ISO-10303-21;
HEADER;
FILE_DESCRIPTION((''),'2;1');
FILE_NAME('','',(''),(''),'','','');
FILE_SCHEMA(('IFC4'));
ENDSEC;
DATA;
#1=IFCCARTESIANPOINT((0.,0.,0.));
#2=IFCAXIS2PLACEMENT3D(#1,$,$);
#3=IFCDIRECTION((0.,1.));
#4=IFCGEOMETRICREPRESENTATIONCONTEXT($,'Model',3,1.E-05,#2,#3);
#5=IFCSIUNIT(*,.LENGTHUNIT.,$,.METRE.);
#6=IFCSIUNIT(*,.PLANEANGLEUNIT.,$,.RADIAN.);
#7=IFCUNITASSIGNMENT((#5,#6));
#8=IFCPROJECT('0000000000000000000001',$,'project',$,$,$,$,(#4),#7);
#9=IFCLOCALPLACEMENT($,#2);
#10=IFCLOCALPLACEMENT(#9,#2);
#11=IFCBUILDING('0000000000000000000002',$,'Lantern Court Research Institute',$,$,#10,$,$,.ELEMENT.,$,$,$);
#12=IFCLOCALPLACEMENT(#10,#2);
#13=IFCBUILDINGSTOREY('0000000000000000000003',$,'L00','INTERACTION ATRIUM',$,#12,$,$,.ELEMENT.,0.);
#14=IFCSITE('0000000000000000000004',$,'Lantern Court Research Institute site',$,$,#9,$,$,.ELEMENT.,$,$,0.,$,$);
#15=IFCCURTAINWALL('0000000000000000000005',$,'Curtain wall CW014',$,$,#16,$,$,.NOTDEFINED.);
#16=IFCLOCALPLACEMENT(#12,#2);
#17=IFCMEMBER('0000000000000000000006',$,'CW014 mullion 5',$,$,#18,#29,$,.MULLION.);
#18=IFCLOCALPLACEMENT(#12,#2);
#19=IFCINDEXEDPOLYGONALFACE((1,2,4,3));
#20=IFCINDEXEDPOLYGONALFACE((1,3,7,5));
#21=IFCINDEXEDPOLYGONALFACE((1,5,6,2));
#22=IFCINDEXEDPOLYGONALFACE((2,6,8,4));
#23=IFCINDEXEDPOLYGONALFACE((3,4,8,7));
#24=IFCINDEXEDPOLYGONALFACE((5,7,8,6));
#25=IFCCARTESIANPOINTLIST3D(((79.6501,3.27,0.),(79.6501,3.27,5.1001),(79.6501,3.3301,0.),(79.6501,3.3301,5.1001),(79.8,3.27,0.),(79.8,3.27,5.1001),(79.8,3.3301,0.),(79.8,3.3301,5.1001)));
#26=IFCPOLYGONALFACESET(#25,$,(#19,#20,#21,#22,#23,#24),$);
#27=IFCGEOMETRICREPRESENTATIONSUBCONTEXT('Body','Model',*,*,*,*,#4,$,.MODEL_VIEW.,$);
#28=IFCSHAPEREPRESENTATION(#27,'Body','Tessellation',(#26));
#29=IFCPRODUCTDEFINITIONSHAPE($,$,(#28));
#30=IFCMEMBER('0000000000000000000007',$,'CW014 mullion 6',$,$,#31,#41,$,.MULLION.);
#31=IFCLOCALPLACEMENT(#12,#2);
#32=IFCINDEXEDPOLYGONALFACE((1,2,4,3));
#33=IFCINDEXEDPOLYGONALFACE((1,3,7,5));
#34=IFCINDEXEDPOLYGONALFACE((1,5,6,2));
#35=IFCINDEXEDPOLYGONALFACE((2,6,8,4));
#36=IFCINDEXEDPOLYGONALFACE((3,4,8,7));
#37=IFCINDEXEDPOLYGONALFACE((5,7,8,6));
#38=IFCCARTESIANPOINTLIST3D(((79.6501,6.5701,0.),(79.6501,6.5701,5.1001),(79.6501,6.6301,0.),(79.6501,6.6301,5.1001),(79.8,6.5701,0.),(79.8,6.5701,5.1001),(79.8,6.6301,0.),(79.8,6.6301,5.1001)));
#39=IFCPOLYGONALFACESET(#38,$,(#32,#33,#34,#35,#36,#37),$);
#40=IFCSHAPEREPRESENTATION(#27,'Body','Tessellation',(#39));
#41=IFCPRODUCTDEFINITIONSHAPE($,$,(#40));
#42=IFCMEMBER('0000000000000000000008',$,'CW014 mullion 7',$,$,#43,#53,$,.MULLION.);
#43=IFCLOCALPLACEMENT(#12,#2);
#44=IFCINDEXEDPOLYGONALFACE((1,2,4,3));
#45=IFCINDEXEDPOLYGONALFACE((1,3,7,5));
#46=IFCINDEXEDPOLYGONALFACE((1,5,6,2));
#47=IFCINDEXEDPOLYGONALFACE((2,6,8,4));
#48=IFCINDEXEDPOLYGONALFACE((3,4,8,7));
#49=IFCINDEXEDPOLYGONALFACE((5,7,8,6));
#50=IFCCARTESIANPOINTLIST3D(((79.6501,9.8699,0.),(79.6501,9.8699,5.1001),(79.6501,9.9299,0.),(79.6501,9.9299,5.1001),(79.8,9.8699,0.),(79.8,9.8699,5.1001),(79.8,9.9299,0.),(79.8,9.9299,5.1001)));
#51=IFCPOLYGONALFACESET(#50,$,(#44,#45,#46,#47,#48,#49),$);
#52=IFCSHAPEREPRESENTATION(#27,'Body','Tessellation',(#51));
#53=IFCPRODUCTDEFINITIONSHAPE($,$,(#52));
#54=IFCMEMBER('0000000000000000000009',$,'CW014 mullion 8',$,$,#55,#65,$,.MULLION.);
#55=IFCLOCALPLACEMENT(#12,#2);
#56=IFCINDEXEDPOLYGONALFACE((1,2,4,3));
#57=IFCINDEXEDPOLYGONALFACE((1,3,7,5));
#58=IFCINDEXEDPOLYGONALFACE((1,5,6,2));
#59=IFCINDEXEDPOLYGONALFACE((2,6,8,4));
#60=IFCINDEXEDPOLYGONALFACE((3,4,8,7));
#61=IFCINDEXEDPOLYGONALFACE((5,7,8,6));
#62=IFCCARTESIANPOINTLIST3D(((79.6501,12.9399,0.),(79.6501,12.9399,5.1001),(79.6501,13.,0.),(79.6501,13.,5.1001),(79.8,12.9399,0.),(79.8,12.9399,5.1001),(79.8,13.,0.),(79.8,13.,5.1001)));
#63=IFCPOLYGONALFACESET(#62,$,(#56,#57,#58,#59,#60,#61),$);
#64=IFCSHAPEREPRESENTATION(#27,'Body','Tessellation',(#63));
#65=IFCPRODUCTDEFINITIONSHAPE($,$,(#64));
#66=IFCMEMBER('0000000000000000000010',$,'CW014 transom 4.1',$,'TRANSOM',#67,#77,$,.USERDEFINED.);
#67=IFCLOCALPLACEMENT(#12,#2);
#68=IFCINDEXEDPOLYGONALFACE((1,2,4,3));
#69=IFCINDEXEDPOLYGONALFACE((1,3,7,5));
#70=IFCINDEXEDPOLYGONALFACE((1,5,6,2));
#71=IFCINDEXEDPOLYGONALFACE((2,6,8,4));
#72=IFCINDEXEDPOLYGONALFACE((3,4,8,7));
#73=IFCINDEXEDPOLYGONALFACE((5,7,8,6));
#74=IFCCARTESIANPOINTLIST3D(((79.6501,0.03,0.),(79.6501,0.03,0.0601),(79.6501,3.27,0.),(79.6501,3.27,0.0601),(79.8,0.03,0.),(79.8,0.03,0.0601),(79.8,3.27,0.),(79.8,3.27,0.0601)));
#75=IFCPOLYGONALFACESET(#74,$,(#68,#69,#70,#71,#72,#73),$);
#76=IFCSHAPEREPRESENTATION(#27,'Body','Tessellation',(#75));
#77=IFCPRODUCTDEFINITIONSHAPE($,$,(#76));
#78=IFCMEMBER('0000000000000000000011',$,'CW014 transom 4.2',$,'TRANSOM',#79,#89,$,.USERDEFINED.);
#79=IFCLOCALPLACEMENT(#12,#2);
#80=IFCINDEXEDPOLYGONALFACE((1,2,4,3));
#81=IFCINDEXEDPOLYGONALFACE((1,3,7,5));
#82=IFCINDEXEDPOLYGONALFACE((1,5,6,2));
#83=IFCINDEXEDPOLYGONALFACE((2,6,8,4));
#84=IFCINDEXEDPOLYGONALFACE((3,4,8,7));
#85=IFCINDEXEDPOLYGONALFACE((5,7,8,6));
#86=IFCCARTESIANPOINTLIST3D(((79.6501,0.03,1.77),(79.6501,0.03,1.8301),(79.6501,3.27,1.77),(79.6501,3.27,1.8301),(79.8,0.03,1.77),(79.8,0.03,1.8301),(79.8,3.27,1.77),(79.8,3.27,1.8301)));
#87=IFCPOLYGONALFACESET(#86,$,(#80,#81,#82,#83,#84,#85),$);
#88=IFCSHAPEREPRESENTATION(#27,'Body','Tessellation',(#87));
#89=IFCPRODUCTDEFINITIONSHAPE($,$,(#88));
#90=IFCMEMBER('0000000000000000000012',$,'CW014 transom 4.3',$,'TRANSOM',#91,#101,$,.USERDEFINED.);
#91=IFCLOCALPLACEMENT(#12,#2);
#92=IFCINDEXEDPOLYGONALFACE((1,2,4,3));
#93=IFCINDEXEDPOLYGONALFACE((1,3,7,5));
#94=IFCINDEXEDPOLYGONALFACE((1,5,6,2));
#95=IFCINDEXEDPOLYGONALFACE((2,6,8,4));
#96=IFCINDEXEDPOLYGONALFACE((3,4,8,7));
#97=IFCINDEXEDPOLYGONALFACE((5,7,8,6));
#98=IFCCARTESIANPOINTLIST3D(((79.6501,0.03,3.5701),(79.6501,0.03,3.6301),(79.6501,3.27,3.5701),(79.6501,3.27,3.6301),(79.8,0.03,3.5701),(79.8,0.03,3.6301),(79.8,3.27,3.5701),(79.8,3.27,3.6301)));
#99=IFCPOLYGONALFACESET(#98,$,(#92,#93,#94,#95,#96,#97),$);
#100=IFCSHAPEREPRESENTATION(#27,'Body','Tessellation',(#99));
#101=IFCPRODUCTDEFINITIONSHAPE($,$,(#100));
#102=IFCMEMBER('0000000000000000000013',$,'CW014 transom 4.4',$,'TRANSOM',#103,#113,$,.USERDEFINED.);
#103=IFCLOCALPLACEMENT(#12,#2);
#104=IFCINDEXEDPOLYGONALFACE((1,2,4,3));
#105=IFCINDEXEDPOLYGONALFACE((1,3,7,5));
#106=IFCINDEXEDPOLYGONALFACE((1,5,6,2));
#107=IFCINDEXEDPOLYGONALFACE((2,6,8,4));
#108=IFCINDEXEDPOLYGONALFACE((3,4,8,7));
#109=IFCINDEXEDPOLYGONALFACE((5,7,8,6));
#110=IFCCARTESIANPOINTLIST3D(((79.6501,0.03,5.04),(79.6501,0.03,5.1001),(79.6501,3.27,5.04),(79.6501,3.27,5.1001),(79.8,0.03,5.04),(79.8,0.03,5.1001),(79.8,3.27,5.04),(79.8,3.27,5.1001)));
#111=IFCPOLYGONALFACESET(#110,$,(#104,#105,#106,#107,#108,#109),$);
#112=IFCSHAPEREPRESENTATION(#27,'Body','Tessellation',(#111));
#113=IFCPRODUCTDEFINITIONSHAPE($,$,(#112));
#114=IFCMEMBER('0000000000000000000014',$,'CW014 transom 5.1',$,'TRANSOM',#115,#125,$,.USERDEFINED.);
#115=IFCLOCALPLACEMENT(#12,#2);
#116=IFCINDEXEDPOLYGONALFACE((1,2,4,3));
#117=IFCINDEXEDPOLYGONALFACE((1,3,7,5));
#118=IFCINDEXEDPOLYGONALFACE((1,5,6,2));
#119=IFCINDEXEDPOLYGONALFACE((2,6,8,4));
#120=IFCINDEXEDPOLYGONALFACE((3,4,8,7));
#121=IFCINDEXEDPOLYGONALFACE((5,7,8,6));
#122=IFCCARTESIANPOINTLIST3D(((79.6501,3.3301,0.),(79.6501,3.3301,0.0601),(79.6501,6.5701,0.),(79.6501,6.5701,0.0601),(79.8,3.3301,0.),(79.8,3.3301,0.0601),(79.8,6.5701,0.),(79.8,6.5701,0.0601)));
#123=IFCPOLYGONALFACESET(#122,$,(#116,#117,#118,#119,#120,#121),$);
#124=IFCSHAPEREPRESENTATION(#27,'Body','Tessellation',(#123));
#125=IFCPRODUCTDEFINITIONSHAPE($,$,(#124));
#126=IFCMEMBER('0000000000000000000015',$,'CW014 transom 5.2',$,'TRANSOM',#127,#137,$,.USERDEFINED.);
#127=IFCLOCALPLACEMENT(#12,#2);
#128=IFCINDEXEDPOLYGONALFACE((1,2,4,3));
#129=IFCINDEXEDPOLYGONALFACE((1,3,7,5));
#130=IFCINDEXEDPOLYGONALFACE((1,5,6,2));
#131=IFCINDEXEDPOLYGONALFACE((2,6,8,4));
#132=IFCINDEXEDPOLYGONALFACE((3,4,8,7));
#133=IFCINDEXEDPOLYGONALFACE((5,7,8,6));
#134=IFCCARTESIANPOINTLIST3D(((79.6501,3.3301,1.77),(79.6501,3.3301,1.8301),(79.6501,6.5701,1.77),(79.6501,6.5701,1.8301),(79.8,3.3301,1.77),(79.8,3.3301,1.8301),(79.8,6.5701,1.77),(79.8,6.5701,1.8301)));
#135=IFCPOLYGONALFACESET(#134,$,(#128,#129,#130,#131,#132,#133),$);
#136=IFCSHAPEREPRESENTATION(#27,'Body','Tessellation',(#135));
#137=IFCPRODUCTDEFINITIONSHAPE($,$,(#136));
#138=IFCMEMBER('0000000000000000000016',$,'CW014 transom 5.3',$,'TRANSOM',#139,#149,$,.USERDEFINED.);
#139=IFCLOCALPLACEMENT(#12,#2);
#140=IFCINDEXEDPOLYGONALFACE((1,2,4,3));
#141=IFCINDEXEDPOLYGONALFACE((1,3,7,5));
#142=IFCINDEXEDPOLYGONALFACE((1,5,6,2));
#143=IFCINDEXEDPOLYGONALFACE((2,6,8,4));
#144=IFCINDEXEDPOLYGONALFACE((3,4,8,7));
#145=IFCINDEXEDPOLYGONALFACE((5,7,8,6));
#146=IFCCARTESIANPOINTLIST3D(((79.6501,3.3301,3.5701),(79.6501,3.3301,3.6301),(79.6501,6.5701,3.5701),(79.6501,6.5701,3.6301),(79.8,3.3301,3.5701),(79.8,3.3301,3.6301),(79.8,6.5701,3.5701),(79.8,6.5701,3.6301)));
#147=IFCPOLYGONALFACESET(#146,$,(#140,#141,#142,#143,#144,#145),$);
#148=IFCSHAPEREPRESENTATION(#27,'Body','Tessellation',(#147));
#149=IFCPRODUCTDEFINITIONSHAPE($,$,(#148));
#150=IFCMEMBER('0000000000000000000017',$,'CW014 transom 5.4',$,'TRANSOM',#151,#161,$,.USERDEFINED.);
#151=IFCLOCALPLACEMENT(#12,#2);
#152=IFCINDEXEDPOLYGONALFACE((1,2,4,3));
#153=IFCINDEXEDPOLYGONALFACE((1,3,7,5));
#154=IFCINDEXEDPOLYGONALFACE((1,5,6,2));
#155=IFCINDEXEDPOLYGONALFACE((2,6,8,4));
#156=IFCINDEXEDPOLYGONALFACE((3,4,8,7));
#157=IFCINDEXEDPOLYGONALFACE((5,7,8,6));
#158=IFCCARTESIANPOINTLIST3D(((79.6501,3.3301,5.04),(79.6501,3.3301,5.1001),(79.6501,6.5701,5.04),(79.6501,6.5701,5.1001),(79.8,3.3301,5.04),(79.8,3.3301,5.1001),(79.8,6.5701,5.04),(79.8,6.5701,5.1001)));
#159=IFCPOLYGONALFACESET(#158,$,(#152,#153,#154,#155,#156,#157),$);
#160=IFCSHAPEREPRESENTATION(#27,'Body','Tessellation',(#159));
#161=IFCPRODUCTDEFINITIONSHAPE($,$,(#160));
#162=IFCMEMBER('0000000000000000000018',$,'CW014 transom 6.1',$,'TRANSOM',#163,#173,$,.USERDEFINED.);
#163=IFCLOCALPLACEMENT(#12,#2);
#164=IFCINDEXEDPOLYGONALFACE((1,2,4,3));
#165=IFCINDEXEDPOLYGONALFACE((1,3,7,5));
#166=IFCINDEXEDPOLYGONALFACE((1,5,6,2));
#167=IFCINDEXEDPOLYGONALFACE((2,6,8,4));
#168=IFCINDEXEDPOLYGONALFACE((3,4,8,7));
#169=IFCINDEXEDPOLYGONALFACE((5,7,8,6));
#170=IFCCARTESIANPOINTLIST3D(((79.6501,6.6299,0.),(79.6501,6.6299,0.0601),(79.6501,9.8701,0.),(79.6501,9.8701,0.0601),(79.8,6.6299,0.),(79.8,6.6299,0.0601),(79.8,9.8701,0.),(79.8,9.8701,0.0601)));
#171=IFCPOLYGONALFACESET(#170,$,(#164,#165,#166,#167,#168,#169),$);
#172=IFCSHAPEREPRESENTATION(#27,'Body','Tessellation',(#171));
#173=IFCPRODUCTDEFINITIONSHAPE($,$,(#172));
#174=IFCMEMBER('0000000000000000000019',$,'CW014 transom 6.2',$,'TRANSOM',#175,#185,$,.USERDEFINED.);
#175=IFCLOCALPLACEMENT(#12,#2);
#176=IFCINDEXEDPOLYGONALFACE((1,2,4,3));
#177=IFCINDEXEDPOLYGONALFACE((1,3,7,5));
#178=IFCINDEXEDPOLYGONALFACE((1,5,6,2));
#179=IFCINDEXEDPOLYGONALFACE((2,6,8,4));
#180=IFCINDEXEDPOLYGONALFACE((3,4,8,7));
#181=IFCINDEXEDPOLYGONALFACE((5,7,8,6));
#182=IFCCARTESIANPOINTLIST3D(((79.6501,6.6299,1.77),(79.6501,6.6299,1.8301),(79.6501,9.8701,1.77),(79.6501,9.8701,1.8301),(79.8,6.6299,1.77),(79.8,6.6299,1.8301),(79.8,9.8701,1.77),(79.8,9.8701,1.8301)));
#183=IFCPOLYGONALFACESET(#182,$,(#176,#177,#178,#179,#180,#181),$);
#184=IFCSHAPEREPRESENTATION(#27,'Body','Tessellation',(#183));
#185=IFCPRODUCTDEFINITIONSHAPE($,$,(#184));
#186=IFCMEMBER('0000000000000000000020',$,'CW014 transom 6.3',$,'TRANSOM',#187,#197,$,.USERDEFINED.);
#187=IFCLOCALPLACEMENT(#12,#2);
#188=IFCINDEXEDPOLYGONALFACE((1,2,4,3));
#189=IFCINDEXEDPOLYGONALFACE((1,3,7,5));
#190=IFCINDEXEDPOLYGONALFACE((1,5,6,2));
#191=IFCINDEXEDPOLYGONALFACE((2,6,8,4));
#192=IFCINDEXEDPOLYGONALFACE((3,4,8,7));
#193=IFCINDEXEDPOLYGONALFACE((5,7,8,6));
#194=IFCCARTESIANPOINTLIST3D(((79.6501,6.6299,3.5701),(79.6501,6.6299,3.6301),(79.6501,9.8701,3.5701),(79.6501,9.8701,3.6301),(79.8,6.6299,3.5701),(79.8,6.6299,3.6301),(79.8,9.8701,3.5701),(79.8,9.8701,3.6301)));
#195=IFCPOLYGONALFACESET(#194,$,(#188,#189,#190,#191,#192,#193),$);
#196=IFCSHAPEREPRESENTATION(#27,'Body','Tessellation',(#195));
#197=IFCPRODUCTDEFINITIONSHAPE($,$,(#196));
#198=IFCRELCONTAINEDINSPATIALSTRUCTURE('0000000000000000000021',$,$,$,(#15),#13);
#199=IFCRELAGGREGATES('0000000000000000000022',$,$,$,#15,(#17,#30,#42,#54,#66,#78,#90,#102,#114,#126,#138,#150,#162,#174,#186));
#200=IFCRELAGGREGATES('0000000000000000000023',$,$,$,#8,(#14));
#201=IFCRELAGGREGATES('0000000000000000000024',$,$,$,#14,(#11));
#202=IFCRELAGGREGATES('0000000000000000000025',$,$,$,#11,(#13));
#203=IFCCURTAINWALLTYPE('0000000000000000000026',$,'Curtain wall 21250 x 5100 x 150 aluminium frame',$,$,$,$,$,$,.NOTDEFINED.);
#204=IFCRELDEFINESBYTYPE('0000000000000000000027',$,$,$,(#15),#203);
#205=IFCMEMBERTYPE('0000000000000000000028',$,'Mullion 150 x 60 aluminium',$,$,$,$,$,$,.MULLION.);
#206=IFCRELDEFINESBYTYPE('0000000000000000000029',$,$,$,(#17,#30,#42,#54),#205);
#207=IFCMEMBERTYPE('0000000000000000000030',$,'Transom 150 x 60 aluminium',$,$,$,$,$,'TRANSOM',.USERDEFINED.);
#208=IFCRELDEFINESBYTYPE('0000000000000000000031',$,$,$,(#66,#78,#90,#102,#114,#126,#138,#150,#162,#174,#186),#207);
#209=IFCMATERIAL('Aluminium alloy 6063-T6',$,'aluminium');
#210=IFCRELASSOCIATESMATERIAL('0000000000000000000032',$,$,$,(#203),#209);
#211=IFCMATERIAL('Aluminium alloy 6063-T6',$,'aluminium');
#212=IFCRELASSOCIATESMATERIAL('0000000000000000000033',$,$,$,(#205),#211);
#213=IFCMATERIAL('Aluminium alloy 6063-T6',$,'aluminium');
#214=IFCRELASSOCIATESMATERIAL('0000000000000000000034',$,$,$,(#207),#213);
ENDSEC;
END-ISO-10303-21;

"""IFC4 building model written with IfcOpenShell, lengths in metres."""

from ifc_helpers import new_model, si_unit, direction, frame, origin, origin_2d, place, context, subcontext, project, spatial, rectangle, extrude, material, material_profile, profile_set, type_object, element, aggregate, save


model = new_model("IFC4")

# Units and contexts
model_context = context("Model", 3, precision=1e-05, world=origin(), true_north=direction((0.0, 1.0)))
body_context = subcontext(model_context, "Body", "Model", "MODEL_VIEW")
ifc_project = project(units=[si_unit("LENGTHUNIT", "METRE"), si_unit("PLANEANGLEUNIT", "RADIAN")], contexts=[model_context])

# Site, building, storey
site_placement = place(None, origin())
site = spatial("IfcSite", under=ifc_project, at=site_placement, Name="Lantern Court Research Institute site", CompositionType="ELEMENT", RefElevation=0.0)
building_placement = place(site_placement, origin())
building = spatial("IfcBuilding", under=site, at=building_placement, Name="Lantern Court Research Institute", CompositionType="ELEMENT")
storey_placement = place(building_placement, origin())
storey = spatial("IfcBuildingStorey", under=building, at=storey_placement, Name="L00", Description="INTERACTION ATRIUM", CompositionType="ELEMENT", Elevation=0.0)

# Curtain wall, members
ifc_material_1 = material(Name="Aluminium alloy 6063-T6", Category="aluminium")
curtain_wall_type = type_object("IfcCurtainWallType", Name="Curtain wall 21250 x 5100 x 150 aluminium frame", PredefinedType="NOTDEFINED", material=ifc_material_1)
curtain_wall_placement = place(storey_placement, origin())
curtain_wall = element("IfcCurtainWall", 1, at=curtain_wall_placement, inside=storey, type_object=curtain_wall_type, Name="Curtain wall CW014", PredefinedType="NOTDEFINED")
ifc_material_2 = material(Name="Aluminium alloy 6063-T6", Category="aluminium")
ifc_material_profile_1 = material_profile(ifc_material_2, rectangle(XDim=0.1499, YDim=0.0601, at=origin_2d()), Name="Mullion 150 x 60")
ifc_profile_set_1 = profile_set([ifc_material_profile_1], Name="Aluminium alloy 6063-T6")
member_type_1 = type_object("IfcMemberType", Name="Mullion 150 x 60 aluminium", PredefinedType="MULLION", material=ifc_profile_set_1)
member_1_placement = place(storey_placement, frame((79.7251, 3.3, 0.0), z_axis=(0.0, 0.0, 1.0), x_axis=(1.0, 0.0, 0.0)))
member_1 = element("IfcMember", 2, at=member_1_placement, type_object=member_type_1, Name="CW014 mullion 5", PredefinedType="MULLION", context=body_context, shape_type="SweptSolid", body=[
    extrude(rectangle(XDim=0.1499, YDim=0.0601, at=origin_2d()), origin(), (0.0, 0.0, 1.0), 5.1001),
])
member_2_placement = place(storey_placement, frame((79.7251, 6.6001, 0.0), z_axis=(0.0, 0.0, 1.0), x_axis=(1.0, 0.0, 0.0)))
member_2 = element("IfcMember", 3, at=member_2_placement, type_object=member_type_1, Name="CW014 mullion 6", PredefinedType="MULLION", context=body_context, shape_type="SweptSolid", body=[
    extrude(rectangle(XDim=0.1499, YDim=0.0601, at=origin_2d()), origin(), (0.0, 0.0, 1.0), 5.1001),
])
member_3_placement = place(storey_placement, frame((79.7251, 9.8999, 0.0), z_axis=(0.0, 0.0, 1.0), x_axis=(1.0, 0.0, 0.0)))
member_3 = element("IfcMember", 4, at=member_3_placement, type_object=member_type_1, Name="CW014 mullion 7", PredefinedType="MULLION", context=body_context, shape_type="SweptSolid", body=[
    extrude(rectangle(XDim=0.1499, YDim=0.0601, at=origin_2d()), origin(), (0.0, 0.0, 1.0), 5.1001),
])
member_4_placement = place(storey_placement, frame((79.7251, 12.97, 0.0), z_axis=(0.0, 0.0, 1.0), x_axis=(1.0, 0.0, 0.0)))
member_4 = element("IfcMember", 5, at=member_4_placement, type_object=member_type_1, Name="CW014 mullion 8", PredefinedType="MULLION", context=body_context, shape_type="SweptSolid", body=[
    extrude(rectangle(XDim=0.1499, YDim=0.0601, at=origin_2d()), origin(), (0.0, 0.0, 1.0), 5.1001),
])
ifc_material_3 = material(Name="Aluminium alloy 6063-T6", Category="aluminium")
ifc_material_profile_2 = material_profile(ifc_material_3, rectangle(XDim=0.1499, YDim=0.0601, at=origin_2d()), Name="Transom 150 x 60")
ifc_profile_set_2 = profile_set([ifc_material_profile_2], Name="Aluminium alloy 6063-T6")
member_type_2 = type_object("IfcMemberType", Name="Transom 150 x 60 aluminium", ElementType="TRANSOM", PredefinedType="USERDEFINED", material=ifc_profile_set_2)
member_5_placement = place(storey_placement, frame((79.7251, 3.27, 0.03), z_axis=(0.0, -1.0, 0.0), x_axis=(1.0, 0.0, 0.0)))
member_5 = element("IfcMember", 6, at=member_5_placement, type_object=member_type_2, Name="CW014 transom 4.1", ObjectType="TRANSOM", PredefinedType="USERDEFINED", context=body_context, shape_type="SweptSolid", body=[
    extrude(rectangle(XDim=0.1499, YDim=0.0601, at=origin_2d()), origin(), (0.0, 0.0, 1.0), 3.24),
])
member_6_placement = place(storey_placement, frame((79.7251, 3.27, 1.8), z_axis=(0.0, -1.0, 0.0), x_axis=(1.0, 0.0, 0.0)))
member_6 = element("IfcMember", 7, at=member_6_placement, type_object=member_type_2, Name="CW014 transom 4.2", ObjectType="TRANSOM", PredefinedType="USERDEFINED", context=body_context, shape_type="SweptSolid", body=[
    extrude(rectangle(XDim=0.1499, YDim=0.0601, at=origin_2d()), origin(), (0.0, 0.0, 1.0), 3.24),
])
member_7_placement = place(storey_placement, frame((79.7251, 3.27, 3.6001), z_axis=(0.0, -1.0, 0.0), x_axis=(1.0, 0.0, 0.0)))
member_7 = element("IfcMember", 8, at=member_7_placement, type_object=member_type_2, Name="CW014 transom 4.3", ObjectType="TRANSOM", PredefinedType="USERDEFINED", context=body_context, shape_type="SweptSolid", body=[
    extrude(rectangle(XDim=0.1499, YDim=0.0601, at=origin_2d()), origin(), (0.0, 0.0, 1.0), 3.24),
])
member_8_placement = place(storey_placement, frame((79.7251, 3.27, 5.0701), z_axis=(0.0, -1.0, 0.0), x_axis=(1.0, 0.0, 0.0)))
member_8 = element("IfcMember", 9, at=member_8_placement, type_object=member_type_2, Name="CW014 transom 4.4", ObjectType="TRANSOM", PredefinedType="USERDEFINED", context=body_context, shape_type="SweptSolid", body=[
    extrude(rectangle(XDim=0.1499, YDim=0.0601, at=origin_2d()), origin(), (0.0, 0.0, 1.0), 3.24),
])
member_9_placement = place(storey_placement, frame((79.7251, 6.5701, 0.03), z_axis=(0.0, -1.0, 0.0), x_axis=(1.0, 0.0, 0.0)))
member_9 = element("IfcMember", 10, at=member_9_placement, type_object=member_type_2, Name="CW014 transom 5.1", ObjectType="TRANSOM", PredefinedType="USERDEFINED", context=body_context, shape_type="SweptSolid", body=[
    extrude(rectangle(XDim=0.1499, YDim=0.0601, at=origin_2d()), origin(), (0.0, 0.0, 1.0), 3.24),
])
member_10_placement = place(storey_placement, frame((79.7251, 6.5701, 1.8), z_axis=(0.0, -1.0, 0.0), x_axis=(1.0, 0.0, 0.0)))
member_10 = element("IfcMember", 11, at=member_10_placement, type_object=member_type_2, Name="CW014 transom 5.2", ObjectType="TRANSOM", PredefinedType="USERDEFINED", context=body_context, shape_type="SweptSolid", body=[
    extrude(rectangle(XDim=0.1499, YDim=0.0601, at=origin_2d()), origin(), (0.0, 0.0, 1.0), 3.24),
])
member_11_placement = place(storey_placement, frame((79.7251, 6.5701, 3.6001), z_axis=(0.0, -1.0, 0.0), x_axis=(1.0, 0.0, 0.0)))
member_11 = element("IfcMember", 12, at=member_11_placement, type_object=member_type_2, Name="CW014 transom 5.3", ObjectType="TRANSOM", PredefinedType="USERDEFINED", context=body_context, shape_type="SweptSolid", body=[
    extrude(rectangle(XDim=0.1499, YDim=0.0601, at=origin_2d()), origin(), (0.0, 0.0, 1.0), 3.24),
])
member_12_placement = place(storey_placement, frame((79.7251, 6.5701, 5.0701), z_axis=(0.0, -1.0, 0.0), x_axis=(1.0, 0.0, 0.0)))
member_12 = element("IfcMember", 13, at=member_12_placement, type_object=member_type_2, Name="CW014 transom 5.4", ObjectType="TRANSOM", PredefinedType="USERDEFINED", context=body_context, shape_type="SweptSolid", body=[
    extrude(rectangle(XDim=0.1499, YDim=0.0601, at=origin_2d()), origin(), (0.0, 0.0, 1.0), 3.24),
])
member_13_placement = place(storey_placement, frame((79.7251, 9.8701, 0.03), z_axis=(0.0, -1.0, 0.0), x_axis=(1.0, 0.0, 0.0)))
member_13 = element("IfcMember", 14, at=member_13_placement, type_object=member_type_2, Name="CW014 transom 6.1", ObjectType="TRANSOM", PredefinedType="USERDEFINED", context=body_context, shape_type="SweptSolid", body=[
    extrude(rectangle(XDim=0.1499, YDim=0.0601, at=origin_2d()), origin(), (0.0, 0.0, 1.0), 3.2402),
])
member_14_placement = place(storey_placement, frame((79.7251, 9.8701, 1.8), z_axis=(0.0, -1.0, 0.0), x_axis=(1.0, 0.0, 0.0)))
member_14 = element("IfcMember", 15, at=member_14_placement, type_object=member_type_2, Name="CW014 transom 6.2", ObjectType="TRANSOM", PredefinedType="USERDEFINED", context=body_context, shape_type="SweptSolid", body=[
    extrude(rectangle(XDim=0.1499, YDim=0.0601, at=origin_2d()), origin(), (0.0, 0.0, 1.0), 3.2402),
])
member_15_placement = place(storey_placement, frame((79.7251, 9.8701, 3.6001), z_axis=(0.0, -1.0, 0.0), x_axis=(1.0, 0.0, 0.0)))
member_15 = element("IfcMember", 16, at=member_15_placement, type_object=member_type_2, Name="CW014 transom 6.3", ObjectType="TRANSOM", PredefinedType="USERDEFINED", context=body_context, shape_type="SweptSolid", body=[
    extrude(rectangle(XDim=0.1499, YDim=0.0601, at=origin_2d()), origin(), (0.0, 0.0, 1.0), 3.2402),
])
aggregate(curtain_wall, [member_1, member_2, member_3, member_4, member_5, member_6, member_7, member_8, member_9, member_10, member_11, member_12, member_13, member_14, member_15])

save(model, "model.ifc")
